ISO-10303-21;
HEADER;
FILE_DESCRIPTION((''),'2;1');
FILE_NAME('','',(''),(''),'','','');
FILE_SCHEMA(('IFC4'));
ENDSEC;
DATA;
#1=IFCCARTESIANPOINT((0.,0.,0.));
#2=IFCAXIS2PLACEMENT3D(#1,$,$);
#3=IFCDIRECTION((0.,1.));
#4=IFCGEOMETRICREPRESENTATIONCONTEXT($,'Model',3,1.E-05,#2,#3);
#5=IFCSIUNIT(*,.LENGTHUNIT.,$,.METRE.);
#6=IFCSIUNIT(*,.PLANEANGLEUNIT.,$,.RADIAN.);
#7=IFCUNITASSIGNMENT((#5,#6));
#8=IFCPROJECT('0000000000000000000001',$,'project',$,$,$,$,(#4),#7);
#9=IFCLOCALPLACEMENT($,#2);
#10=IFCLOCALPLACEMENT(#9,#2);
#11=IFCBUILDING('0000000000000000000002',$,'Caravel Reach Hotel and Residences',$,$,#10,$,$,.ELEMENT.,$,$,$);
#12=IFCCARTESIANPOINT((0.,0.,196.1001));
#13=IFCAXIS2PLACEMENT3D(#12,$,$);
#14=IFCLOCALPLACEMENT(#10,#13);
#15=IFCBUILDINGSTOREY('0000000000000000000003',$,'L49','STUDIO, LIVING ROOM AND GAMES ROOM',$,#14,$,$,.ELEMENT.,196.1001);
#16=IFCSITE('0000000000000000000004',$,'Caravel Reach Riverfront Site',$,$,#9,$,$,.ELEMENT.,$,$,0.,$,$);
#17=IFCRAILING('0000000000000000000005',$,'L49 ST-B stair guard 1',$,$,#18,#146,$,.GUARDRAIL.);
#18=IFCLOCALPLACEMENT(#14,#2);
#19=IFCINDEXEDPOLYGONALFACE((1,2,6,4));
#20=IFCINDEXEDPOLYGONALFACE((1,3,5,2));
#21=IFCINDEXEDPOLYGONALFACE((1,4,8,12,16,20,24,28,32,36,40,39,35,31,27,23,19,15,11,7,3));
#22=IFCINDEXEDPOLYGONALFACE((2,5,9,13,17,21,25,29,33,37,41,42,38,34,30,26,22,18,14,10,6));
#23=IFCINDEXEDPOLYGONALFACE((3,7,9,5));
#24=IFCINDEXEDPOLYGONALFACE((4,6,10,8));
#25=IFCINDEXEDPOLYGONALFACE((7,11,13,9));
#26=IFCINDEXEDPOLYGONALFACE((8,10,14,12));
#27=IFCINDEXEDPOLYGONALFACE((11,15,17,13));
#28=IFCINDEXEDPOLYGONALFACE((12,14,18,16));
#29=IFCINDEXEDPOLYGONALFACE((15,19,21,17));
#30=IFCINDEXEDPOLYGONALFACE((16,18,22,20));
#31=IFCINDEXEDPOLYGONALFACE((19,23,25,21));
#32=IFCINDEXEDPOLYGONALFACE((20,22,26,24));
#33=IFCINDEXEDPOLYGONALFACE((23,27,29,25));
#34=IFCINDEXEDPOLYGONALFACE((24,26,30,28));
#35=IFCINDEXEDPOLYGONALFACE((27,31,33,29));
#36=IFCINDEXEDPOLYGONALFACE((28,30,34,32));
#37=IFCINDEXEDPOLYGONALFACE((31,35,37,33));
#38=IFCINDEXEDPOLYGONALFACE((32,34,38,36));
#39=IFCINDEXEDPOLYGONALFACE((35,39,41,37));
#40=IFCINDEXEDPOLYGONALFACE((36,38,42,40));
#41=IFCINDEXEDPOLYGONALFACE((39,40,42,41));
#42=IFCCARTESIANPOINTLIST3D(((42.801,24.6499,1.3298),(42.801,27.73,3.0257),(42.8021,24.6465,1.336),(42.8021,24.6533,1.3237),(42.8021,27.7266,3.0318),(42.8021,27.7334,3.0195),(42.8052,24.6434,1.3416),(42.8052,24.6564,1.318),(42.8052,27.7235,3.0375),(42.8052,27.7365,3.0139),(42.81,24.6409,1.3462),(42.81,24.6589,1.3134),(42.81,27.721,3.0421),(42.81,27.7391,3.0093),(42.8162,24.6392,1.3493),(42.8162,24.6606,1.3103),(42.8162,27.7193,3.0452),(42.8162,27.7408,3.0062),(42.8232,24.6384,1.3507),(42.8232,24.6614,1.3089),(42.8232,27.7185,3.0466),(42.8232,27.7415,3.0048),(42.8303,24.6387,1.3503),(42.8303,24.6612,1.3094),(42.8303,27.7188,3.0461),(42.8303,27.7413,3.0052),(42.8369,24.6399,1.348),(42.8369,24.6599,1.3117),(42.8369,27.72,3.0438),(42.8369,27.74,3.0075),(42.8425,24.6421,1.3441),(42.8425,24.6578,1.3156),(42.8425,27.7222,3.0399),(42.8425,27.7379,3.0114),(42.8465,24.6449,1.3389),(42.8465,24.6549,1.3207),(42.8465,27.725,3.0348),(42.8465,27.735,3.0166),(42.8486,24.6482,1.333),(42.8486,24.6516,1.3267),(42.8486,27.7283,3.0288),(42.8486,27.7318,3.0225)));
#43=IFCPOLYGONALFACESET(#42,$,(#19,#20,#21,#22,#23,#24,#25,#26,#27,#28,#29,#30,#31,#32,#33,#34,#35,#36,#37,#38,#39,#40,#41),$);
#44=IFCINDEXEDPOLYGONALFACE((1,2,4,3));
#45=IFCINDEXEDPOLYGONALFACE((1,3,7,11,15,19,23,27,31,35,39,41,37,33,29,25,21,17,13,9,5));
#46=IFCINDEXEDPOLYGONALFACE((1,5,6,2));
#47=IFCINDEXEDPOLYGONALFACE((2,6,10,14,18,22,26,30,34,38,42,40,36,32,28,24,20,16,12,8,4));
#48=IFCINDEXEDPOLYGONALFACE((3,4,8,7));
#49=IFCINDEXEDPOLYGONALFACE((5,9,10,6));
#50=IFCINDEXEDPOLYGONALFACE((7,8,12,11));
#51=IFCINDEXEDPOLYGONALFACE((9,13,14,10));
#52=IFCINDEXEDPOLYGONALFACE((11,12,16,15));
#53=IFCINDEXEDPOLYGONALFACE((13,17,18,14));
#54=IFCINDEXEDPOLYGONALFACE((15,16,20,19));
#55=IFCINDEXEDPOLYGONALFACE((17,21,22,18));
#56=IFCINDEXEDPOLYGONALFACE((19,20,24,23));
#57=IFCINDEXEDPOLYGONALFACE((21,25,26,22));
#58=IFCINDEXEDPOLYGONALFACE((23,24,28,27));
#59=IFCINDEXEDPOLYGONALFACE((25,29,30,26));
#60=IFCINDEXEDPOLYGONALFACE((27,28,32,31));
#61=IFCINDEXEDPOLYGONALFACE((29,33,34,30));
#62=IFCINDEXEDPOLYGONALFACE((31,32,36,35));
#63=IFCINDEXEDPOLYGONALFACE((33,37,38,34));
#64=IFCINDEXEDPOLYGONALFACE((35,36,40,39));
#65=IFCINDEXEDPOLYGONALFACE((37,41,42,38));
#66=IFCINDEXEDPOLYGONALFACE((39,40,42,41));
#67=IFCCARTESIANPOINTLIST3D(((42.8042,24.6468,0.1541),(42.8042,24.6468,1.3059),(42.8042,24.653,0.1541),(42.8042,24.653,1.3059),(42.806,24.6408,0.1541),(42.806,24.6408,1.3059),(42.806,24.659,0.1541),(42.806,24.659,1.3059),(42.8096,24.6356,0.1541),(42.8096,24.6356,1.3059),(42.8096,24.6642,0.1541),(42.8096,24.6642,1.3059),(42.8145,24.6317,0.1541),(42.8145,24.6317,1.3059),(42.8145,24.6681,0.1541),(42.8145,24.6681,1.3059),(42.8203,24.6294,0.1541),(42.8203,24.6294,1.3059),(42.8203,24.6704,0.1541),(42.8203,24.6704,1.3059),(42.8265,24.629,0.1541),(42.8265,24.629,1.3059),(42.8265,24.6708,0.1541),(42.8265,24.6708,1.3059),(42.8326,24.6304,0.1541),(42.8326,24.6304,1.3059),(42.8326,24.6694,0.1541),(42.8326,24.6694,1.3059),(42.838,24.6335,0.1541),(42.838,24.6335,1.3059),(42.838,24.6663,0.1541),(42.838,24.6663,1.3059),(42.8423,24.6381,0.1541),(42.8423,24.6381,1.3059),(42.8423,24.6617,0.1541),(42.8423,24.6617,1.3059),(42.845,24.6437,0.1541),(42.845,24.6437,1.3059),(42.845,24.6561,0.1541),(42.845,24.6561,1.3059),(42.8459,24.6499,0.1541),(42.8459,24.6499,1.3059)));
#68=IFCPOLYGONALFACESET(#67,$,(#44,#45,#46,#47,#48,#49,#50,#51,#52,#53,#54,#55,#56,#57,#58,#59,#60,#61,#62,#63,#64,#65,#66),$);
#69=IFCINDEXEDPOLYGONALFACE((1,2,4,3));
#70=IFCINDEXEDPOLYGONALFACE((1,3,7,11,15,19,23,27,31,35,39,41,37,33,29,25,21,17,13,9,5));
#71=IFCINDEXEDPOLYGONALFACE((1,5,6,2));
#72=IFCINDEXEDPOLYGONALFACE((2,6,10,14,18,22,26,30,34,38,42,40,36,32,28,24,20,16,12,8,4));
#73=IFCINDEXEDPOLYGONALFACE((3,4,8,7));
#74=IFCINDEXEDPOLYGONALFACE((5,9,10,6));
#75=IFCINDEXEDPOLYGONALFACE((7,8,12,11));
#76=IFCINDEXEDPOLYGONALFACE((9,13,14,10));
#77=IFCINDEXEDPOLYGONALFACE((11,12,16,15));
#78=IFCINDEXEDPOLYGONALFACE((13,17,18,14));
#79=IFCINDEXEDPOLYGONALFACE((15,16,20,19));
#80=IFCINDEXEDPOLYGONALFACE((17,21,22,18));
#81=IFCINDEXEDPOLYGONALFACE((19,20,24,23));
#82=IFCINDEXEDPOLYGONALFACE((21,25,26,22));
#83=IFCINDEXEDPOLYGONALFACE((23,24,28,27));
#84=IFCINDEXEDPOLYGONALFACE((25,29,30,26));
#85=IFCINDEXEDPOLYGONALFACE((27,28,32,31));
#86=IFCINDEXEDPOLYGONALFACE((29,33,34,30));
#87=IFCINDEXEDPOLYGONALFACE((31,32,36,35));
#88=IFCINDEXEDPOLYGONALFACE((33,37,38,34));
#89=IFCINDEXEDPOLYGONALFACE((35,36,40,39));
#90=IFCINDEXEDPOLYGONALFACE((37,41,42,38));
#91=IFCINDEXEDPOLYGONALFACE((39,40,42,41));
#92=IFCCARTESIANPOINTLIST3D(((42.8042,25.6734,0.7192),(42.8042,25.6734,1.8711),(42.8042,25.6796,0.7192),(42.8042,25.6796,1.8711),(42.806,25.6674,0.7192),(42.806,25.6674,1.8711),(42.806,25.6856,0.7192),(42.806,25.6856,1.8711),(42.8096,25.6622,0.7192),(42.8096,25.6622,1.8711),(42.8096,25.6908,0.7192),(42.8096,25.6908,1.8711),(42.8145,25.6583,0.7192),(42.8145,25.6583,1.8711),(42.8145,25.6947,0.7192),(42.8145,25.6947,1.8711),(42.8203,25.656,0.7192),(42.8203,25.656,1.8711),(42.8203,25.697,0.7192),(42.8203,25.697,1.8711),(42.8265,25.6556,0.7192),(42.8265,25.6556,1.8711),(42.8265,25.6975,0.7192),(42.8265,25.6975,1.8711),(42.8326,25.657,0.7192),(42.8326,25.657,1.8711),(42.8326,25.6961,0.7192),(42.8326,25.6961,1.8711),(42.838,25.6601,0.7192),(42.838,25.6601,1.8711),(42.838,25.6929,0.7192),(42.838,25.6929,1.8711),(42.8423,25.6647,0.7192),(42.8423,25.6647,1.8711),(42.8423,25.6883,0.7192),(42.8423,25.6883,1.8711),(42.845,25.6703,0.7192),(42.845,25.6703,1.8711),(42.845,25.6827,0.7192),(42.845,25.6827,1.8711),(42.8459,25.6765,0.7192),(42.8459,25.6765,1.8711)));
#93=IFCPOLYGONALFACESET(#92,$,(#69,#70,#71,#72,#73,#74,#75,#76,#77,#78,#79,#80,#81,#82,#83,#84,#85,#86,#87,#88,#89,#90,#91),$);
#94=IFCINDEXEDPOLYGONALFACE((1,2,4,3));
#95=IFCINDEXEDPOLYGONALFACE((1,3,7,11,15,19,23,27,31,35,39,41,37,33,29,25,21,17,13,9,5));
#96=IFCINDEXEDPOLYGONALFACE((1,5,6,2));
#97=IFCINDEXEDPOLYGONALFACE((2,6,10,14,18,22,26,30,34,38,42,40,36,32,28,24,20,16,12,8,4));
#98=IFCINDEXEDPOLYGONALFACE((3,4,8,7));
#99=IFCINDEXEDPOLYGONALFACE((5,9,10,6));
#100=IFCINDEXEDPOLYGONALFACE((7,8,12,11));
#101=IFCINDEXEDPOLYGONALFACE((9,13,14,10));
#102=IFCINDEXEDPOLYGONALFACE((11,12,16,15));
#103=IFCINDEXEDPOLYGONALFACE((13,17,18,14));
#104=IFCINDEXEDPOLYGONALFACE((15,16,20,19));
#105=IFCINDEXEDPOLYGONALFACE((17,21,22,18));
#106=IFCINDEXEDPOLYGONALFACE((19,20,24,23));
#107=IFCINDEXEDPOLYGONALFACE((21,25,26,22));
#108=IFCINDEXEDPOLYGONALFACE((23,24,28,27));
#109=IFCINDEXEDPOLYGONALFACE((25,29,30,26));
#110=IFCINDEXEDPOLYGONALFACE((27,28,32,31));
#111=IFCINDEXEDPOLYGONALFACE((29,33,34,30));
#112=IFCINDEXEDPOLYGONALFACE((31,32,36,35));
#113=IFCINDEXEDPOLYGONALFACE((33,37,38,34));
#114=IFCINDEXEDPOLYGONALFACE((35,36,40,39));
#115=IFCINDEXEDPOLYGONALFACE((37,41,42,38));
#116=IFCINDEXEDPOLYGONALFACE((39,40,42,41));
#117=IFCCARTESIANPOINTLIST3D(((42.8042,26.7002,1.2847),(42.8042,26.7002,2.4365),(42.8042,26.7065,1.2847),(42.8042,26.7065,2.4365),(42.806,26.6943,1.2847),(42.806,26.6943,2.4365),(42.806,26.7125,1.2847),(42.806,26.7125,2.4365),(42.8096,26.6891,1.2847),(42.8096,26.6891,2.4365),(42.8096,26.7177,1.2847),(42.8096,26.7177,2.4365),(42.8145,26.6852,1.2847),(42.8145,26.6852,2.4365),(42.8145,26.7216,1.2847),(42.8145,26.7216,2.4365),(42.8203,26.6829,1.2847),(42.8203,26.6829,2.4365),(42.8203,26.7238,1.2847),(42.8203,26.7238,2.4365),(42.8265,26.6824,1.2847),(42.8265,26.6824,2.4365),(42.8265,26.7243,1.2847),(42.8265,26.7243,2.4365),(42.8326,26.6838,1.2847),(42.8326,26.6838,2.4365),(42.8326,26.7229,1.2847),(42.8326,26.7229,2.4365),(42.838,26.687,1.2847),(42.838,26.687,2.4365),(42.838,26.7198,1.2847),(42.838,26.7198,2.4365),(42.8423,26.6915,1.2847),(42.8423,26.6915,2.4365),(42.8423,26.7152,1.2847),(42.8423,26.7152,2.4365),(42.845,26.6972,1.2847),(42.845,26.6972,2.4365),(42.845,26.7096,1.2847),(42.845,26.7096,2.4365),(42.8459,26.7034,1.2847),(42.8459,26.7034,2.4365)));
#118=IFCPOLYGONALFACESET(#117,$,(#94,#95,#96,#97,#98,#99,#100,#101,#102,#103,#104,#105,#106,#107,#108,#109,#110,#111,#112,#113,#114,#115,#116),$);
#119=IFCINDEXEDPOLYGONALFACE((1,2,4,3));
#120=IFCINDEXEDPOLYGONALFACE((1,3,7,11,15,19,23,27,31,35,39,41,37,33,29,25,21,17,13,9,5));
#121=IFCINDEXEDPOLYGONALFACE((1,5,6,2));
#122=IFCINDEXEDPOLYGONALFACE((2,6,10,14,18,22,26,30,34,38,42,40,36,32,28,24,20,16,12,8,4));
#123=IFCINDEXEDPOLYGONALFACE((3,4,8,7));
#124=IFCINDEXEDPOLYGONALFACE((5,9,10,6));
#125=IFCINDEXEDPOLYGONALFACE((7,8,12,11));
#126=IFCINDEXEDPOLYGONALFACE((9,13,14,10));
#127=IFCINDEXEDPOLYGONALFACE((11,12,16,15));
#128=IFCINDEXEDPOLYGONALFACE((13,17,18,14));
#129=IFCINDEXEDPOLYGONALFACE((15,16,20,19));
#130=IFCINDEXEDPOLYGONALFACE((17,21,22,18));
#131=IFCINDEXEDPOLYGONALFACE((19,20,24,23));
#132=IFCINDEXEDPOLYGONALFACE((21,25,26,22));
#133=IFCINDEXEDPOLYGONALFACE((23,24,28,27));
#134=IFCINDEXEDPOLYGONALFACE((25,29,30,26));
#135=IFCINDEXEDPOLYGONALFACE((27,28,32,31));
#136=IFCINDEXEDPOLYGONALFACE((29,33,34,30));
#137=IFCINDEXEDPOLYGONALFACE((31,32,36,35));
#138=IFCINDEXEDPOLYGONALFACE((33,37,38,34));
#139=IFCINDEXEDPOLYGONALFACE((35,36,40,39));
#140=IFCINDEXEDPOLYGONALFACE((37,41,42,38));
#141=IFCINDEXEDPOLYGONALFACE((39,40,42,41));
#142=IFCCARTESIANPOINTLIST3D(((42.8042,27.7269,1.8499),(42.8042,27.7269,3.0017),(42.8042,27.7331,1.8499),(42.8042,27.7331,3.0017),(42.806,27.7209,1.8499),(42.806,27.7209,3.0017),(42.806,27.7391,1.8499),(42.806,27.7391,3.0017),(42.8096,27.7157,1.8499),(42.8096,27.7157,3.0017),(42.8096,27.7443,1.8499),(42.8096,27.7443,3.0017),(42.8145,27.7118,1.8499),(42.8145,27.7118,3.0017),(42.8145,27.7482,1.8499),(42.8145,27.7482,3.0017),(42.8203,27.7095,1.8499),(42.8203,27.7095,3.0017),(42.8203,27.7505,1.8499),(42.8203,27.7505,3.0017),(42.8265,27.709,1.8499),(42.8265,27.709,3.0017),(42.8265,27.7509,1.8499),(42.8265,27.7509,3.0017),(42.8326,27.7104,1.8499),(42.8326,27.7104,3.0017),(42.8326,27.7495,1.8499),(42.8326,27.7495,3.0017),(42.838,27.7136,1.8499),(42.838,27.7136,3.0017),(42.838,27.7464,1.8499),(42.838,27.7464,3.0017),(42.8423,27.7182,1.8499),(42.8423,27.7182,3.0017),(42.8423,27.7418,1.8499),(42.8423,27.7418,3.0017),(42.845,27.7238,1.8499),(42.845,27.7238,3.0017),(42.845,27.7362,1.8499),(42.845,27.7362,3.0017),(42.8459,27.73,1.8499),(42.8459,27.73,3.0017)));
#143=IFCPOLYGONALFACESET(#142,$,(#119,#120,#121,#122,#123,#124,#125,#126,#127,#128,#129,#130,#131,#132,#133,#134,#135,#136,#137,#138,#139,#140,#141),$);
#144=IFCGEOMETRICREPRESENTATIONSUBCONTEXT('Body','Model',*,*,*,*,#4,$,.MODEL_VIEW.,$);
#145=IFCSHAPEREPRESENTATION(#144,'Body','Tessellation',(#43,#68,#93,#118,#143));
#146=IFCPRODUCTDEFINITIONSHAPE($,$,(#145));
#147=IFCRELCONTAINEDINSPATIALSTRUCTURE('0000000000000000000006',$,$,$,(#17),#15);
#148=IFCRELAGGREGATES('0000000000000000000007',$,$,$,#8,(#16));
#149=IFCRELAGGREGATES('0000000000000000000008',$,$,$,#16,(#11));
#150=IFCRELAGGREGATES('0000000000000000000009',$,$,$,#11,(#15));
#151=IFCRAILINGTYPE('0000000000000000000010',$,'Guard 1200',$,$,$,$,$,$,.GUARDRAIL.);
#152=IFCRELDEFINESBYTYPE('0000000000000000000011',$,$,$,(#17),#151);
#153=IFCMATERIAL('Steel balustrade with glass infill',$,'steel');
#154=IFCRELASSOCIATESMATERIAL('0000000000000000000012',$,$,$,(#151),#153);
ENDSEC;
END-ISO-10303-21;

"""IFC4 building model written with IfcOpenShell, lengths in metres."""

from ifc_helpers import new_model, si_unit, direction, frame, origin, origin_2d, place, context, subcontext, project, spatial, circle, extrude, material, type_object, element, save


model = new_model("IFC4")

# Units and contexts
model_context = context("Model", 3, precision=1e-05, world=origin(), true_north=direction((0.0, 1.0)))
body_context = subcontext(model_context, "Body", "Model", "MODEL_VIEW")
ifc_project = project(units=[si_unit("LENGTHUNIT", "METRE"), si_unit("PLANEANGLEUNIT", "RADIAN")], contexts=[model_context])

# Site, building, storey
site_placement = place(None, origin())
site = spatial("IfcSite", under=ifc_project, at=site_placement, Name="Caravel Reach Riverfront Site", CompositionType="ELEMENT", RefElevation=0.0)
building_placement = place(site_placement, origin())
building = spatial("IfcBuilding", under=site, at=building_placement, Name="Caravel Reach Hotel and Residences", CompositionType="ELEMENT")
storey_placement = place(building_placement, frame((0.0, 0.0, 196.1001)))
storey = spatial("IfcBuildingStorey", under=building, at=storey_placement, Name="L49", Description="STUDIO, LIVING ROOM AND GAMES ROOM", CompositionType="ELEMENT", Elevation=196.1001)

# Railing
ifc_material_1 = material(Name="Steel balustrade with glass infill", Category="steel")
railing_type_1 = type_object("IfcRailingType", Name="Guard 1200", PredefinedType="GUARDRAIL", material=ifc_material_1)
railing_1_placement = place(storey_placement, frame((42.825, 24.6499, 0.1541)))
element("IfcRailing", 1, at=railing_1_placement, inside=storey, type_object=railing_type_1, Name="L49 ST-B stair guard 1", PredefinedType="GUARDRAIL", context=body_context, shape_type="SweptSolid", body=[
    extrude(circle(Radius=0.0239, at=origin_2d()), frame((0.0, 0.0, 1.1758), z_axis=(0.0, 0.876005, 0.482303), x_axis=(-1.0, 0.0, 0.0)), (0.0, 0.0, 1.0), 3.5161),
    extrude(circle(Radius=0.021, at=origin_2d()), origin(), (0.0, 0.0, 1.0), 1.1519),
    extrude(circle(Radius=0.021, at=origin_2d()), frame((0.0, 1.0266, 0.5652)), (0.0, 0.0, 1.0), 1.1519),
    extrude(circle(Radius=0.021, at=origin_2d()), frame((0.0, 2.0535, 1.1306)), (0.0, 0.0, 1.0), 1.1519),
    extrude(circle(Radius=0.021, at=origin_2d()), frame((0.0, 3.0801, 1.6958)), (0.0, 0.0, 1.0), 1.1519),
])

save(model, "model.ifc")
